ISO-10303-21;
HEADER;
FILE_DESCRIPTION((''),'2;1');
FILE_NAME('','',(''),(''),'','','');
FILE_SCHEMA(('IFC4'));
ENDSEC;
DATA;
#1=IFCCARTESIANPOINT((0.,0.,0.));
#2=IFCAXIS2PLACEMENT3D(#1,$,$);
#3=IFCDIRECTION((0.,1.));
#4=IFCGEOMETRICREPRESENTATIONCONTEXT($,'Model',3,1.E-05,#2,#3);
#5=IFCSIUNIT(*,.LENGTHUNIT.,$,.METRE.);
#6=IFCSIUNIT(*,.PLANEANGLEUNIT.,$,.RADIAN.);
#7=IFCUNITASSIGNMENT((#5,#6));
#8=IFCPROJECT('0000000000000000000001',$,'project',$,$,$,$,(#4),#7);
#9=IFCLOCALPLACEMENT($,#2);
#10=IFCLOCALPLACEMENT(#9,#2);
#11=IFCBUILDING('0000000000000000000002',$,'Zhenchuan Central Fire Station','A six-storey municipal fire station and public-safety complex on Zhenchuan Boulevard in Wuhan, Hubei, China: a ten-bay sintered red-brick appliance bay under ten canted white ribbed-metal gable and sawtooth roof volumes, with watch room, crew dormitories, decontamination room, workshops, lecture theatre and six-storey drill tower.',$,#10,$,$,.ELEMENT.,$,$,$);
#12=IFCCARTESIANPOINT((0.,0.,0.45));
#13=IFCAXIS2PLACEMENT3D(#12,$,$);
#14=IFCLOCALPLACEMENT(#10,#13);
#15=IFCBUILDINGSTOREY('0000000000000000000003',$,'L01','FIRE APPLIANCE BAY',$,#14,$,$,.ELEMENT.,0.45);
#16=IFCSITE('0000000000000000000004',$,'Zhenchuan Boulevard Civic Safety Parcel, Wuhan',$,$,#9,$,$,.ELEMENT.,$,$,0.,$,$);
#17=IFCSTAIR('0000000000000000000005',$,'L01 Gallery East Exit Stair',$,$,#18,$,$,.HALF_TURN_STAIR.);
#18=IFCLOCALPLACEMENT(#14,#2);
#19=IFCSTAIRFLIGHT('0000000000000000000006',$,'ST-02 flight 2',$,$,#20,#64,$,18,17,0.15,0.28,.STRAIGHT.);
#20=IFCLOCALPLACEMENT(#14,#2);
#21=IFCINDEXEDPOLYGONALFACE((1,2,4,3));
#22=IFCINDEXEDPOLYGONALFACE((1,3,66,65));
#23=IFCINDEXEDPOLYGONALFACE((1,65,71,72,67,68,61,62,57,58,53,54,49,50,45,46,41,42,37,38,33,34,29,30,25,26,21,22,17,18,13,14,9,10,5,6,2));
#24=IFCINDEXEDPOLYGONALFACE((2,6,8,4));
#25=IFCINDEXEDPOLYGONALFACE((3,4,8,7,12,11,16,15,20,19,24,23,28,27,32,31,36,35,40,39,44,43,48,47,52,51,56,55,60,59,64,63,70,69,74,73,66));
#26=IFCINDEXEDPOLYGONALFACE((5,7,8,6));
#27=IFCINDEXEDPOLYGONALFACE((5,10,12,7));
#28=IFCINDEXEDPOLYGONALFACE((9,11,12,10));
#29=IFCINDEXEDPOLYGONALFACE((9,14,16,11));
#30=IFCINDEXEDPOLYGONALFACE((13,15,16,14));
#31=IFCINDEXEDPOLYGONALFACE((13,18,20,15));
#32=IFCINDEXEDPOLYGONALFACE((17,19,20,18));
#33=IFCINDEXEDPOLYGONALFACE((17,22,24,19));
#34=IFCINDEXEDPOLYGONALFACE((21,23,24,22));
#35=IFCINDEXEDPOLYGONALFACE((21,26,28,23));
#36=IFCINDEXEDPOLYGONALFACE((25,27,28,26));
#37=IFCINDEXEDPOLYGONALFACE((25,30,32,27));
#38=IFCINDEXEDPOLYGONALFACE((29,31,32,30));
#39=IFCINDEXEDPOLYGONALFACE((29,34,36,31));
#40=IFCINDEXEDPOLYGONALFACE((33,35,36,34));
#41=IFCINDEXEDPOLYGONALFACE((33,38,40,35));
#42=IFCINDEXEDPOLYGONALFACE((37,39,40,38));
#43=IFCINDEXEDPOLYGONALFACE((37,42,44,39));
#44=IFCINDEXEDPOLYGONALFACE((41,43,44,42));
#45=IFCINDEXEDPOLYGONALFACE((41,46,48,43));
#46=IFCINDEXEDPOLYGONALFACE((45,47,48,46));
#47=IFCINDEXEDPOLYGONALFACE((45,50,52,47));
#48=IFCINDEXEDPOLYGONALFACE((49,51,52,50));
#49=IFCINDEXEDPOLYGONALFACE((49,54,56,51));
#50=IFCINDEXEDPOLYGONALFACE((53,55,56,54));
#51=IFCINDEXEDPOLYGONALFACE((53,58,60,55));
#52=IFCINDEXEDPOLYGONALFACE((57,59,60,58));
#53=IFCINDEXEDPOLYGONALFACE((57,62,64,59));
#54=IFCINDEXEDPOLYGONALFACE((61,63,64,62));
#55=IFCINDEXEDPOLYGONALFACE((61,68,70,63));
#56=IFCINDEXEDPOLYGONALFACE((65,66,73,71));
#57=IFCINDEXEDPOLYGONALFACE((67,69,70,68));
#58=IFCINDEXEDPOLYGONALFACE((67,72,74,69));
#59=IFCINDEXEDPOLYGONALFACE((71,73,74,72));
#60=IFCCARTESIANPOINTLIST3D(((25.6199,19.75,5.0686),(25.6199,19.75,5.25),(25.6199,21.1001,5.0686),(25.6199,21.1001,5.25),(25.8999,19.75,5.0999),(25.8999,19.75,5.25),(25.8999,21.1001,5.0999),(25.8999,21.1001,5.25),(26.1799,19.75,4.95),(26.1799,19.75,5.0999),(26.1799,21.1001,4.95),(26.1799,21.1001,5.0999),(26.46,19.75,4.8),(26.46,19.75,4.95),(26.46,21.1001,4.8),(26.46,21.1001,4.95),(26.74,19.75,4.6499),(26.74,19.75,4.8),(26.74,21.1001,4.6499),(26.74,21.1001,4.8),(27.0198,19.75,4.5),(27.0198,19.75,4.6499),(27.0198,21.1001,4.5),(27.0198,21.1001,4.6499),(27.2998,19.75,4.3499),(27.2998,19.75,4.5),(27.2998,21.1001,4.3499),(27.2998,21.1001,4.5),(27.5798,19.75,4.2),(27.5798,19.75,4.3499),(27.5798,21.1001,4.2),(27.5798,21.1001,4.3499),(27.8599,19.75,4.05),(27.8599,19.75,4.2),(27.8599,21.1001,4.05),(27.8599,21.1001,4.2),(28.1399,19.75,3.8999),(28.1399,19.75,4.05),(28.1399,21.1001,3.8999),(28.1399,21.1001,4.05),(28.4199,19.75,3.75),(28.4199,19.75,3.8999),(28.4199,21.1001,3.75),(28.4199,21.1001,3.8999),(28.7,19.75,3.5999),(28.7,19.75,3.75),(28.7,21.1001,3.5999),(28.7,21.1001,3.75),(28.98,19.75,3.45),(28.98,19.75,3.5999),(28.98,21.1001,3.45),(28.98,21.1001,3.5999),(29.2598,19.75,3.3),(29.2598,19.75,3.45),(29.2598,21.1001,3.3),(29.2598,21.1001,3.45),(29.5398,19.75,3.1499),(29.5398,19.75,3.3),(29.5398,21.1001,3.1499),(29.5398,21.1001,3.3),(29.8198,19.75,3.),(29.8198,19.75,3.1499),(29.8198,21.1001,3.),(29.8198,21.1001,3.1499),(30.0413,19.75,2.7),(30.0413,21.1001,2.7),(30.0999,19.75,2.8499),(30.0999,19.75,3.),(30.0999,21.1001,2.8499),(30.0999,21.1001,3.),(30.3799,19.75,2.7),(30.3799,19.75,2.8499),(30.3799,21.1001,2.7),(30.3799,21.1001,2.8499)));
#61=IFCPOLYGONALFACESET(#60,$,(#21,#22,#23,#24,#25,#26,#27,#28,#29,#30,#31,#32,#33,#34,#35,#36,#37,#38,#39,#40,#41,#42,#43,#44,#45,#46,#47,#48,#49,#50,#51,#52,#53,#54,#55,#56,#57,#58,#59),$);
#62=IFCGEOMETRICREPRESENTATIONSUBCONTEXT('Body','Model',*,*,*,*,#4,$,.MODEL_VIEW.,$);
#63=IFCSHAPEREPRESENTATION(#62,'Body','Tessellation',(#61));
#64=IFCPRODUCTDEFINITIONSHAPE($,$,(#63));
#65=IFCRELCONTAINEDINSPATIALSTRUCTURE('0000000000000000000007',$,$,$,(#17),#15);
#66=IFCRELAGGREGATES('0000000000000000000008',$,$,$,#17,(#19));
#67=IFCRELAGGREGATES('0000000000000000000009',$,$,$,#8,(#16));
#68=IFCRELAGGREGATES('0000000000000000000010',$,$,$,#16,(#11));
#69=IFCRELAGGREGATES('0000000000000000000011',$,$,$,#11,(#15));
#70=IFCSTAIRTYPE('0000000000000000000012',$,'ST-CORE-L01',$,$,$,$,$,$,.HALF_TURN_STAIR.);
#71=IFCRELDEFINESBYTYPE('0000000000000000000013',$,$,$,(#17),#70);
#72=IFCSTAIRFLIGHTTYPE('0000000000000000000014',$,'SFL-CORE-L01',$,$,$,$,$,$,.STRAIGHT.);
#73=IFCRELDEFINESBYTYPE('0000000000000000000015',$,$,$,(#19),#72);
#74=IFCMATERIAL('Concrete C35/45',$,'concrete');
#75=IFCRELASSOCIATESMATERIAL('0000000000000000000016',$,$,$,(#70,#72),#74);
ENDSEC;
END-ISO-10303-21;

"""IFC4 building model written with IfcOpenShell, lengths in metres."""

from ifc_helpers import new_model, si_unit, direction, frame, origin, place, context, subcontext, project, spatial, polyline, outline, extrude, material, type_object, element, aggregate, save


model = new_model("IFC4")

# Units and contexts
model_context = context("Model", 3, precision=1e-05, world=origin(), true_north=direction((0.0, 1.0)))
body_context = subcontext(model_context, "Body", "Model", "MODEL_VIEW")
ifc_project = project(units=[si_unit("LENGTHUNIT", "METRE"), si_unit("PLANEANGLEUNIT", "RADIAN")], contexts=[model_context])

# Site, building, storey
site_placement = place(None, origin())
site = spatial("IfcSite", under=ifc_project, at=site_placement, Name="Zhenchuan Boulevard Civic Safety Parcel, Wuhan", CompositionType="ELEMENT", RefElevation=0.0)
building_placement = place(site_placement, origin())
building = spatial("IfcBuilding", under=site, at=building_placement, Name="Zhenchuan Central Fire Station", Description="A six-storey municipal fire station and public-safety complex on Zhenchuan Boulevard in Wuhan, Hubei, China: a ten-bay sintered red-brick appliance bay under ten canted white ribbed-metal gable and sawtooth roof volumes, with watch room, crew dormitories, decontamination room, workshops, lecture theatre and six-storey drill tower.", CompositionType="ELEMENT")
storey_placement = place(building_placement, frame((0.0, 0.0, 0.45)))
storey = spatial("IfcBuildingStorey", under=building, at=storey_placement, Name="L01", Description="FIRE APPLIANCE BAY", CompositionType="ELEMENT", Elevation=0.45)

# Shared definitions
ifc_material_1 = material(Name="Concrete C35/45", Category="concrete")

# Stair, stair flight
stair_type = type_object("IfcStairType", Name="ST-CORE-L01", PredefinedType="HALF_TURN_STAIR", material=ifc_material_1)
stair_placement = place(storey_placement, origin())
stair = element("IfcStair", 1, at=stair_placement, inside=storey, type_object=stair_type, Name="L01 Gallery East Exit Stair", PredefinedType="HALF_TURN_STAIR")
stair_flight_type = type_object("IfcStairFlightType", Name="SFL-CORE-L01", PredefinedType="STRAIGHT", material=ifc_material_1)
stair_flight_1_placement = place(storey_placement, frame((30.3799, 20.425, 2.7), z_axis=(0.0, 0.0, 1.0), x_axis=(-1.0, 0.0, 0.0)))
stair_flight_1 = element("IfcStairFlight", 2, at=stair_flight_1_placement, type_object=stair_flight_type, Name="ST-02 flight 2", NumberOfRisers=18, NumberOfTreads=17, PredefinedType="STRAIGHT", RiserHeight=0.15, TreadLength=0.28, context=body_context, shape_type="SweptSolid", body=[
    extrude(outline(polyline([(0.0, 0.0), (0.0, 0.1499), (0.28, 0.1499), (0.28, 0.3), (0.5601, 0.3), (0.5601, 0.45), (0.8401, 0.45), (0.8401, 0.6001), (1.1201, 0.6001), (1.1201, 0.75), (1.3999, 0.75), (1.3999, 0.8999), (1.6799, 0.8999), (1.6799, 1.05), (1.96, 1.05), (1.96, 1.2), (2.24, 1.2), (2.24, 1.3501), (2.52, 1.3501), (2.52, 1.5), (2.8, 1.5), (2.8, 1.6499), (3.0801, 1.6499), (3.0801, 1.8), (3.3601, 1.8), (3.3601, 1.95), (3.6399, 1.95), (3.6399, 2.1001), (3.9199, 2.1001), (3.9199, 2.25), (4.2, 2.25), (4.2, 2.3999), (4.48, 2.3999), (4.48, 2.55), (4.76, 2.55), (4.76, 2.7), (4.76, 2.3687), (0.3386, 0.0), (0.0, 0.0)])), frame((0.0, 0.675, 0.0), z_axis=(0.0, -1.0, 0.0), x_axis=(1.0, 0.0, 0.0)), (0.0, 0.0, 1.0), 1.3501),
])
aggregate(stair, [stair_flight_1])

save(model, "model.ifc")
